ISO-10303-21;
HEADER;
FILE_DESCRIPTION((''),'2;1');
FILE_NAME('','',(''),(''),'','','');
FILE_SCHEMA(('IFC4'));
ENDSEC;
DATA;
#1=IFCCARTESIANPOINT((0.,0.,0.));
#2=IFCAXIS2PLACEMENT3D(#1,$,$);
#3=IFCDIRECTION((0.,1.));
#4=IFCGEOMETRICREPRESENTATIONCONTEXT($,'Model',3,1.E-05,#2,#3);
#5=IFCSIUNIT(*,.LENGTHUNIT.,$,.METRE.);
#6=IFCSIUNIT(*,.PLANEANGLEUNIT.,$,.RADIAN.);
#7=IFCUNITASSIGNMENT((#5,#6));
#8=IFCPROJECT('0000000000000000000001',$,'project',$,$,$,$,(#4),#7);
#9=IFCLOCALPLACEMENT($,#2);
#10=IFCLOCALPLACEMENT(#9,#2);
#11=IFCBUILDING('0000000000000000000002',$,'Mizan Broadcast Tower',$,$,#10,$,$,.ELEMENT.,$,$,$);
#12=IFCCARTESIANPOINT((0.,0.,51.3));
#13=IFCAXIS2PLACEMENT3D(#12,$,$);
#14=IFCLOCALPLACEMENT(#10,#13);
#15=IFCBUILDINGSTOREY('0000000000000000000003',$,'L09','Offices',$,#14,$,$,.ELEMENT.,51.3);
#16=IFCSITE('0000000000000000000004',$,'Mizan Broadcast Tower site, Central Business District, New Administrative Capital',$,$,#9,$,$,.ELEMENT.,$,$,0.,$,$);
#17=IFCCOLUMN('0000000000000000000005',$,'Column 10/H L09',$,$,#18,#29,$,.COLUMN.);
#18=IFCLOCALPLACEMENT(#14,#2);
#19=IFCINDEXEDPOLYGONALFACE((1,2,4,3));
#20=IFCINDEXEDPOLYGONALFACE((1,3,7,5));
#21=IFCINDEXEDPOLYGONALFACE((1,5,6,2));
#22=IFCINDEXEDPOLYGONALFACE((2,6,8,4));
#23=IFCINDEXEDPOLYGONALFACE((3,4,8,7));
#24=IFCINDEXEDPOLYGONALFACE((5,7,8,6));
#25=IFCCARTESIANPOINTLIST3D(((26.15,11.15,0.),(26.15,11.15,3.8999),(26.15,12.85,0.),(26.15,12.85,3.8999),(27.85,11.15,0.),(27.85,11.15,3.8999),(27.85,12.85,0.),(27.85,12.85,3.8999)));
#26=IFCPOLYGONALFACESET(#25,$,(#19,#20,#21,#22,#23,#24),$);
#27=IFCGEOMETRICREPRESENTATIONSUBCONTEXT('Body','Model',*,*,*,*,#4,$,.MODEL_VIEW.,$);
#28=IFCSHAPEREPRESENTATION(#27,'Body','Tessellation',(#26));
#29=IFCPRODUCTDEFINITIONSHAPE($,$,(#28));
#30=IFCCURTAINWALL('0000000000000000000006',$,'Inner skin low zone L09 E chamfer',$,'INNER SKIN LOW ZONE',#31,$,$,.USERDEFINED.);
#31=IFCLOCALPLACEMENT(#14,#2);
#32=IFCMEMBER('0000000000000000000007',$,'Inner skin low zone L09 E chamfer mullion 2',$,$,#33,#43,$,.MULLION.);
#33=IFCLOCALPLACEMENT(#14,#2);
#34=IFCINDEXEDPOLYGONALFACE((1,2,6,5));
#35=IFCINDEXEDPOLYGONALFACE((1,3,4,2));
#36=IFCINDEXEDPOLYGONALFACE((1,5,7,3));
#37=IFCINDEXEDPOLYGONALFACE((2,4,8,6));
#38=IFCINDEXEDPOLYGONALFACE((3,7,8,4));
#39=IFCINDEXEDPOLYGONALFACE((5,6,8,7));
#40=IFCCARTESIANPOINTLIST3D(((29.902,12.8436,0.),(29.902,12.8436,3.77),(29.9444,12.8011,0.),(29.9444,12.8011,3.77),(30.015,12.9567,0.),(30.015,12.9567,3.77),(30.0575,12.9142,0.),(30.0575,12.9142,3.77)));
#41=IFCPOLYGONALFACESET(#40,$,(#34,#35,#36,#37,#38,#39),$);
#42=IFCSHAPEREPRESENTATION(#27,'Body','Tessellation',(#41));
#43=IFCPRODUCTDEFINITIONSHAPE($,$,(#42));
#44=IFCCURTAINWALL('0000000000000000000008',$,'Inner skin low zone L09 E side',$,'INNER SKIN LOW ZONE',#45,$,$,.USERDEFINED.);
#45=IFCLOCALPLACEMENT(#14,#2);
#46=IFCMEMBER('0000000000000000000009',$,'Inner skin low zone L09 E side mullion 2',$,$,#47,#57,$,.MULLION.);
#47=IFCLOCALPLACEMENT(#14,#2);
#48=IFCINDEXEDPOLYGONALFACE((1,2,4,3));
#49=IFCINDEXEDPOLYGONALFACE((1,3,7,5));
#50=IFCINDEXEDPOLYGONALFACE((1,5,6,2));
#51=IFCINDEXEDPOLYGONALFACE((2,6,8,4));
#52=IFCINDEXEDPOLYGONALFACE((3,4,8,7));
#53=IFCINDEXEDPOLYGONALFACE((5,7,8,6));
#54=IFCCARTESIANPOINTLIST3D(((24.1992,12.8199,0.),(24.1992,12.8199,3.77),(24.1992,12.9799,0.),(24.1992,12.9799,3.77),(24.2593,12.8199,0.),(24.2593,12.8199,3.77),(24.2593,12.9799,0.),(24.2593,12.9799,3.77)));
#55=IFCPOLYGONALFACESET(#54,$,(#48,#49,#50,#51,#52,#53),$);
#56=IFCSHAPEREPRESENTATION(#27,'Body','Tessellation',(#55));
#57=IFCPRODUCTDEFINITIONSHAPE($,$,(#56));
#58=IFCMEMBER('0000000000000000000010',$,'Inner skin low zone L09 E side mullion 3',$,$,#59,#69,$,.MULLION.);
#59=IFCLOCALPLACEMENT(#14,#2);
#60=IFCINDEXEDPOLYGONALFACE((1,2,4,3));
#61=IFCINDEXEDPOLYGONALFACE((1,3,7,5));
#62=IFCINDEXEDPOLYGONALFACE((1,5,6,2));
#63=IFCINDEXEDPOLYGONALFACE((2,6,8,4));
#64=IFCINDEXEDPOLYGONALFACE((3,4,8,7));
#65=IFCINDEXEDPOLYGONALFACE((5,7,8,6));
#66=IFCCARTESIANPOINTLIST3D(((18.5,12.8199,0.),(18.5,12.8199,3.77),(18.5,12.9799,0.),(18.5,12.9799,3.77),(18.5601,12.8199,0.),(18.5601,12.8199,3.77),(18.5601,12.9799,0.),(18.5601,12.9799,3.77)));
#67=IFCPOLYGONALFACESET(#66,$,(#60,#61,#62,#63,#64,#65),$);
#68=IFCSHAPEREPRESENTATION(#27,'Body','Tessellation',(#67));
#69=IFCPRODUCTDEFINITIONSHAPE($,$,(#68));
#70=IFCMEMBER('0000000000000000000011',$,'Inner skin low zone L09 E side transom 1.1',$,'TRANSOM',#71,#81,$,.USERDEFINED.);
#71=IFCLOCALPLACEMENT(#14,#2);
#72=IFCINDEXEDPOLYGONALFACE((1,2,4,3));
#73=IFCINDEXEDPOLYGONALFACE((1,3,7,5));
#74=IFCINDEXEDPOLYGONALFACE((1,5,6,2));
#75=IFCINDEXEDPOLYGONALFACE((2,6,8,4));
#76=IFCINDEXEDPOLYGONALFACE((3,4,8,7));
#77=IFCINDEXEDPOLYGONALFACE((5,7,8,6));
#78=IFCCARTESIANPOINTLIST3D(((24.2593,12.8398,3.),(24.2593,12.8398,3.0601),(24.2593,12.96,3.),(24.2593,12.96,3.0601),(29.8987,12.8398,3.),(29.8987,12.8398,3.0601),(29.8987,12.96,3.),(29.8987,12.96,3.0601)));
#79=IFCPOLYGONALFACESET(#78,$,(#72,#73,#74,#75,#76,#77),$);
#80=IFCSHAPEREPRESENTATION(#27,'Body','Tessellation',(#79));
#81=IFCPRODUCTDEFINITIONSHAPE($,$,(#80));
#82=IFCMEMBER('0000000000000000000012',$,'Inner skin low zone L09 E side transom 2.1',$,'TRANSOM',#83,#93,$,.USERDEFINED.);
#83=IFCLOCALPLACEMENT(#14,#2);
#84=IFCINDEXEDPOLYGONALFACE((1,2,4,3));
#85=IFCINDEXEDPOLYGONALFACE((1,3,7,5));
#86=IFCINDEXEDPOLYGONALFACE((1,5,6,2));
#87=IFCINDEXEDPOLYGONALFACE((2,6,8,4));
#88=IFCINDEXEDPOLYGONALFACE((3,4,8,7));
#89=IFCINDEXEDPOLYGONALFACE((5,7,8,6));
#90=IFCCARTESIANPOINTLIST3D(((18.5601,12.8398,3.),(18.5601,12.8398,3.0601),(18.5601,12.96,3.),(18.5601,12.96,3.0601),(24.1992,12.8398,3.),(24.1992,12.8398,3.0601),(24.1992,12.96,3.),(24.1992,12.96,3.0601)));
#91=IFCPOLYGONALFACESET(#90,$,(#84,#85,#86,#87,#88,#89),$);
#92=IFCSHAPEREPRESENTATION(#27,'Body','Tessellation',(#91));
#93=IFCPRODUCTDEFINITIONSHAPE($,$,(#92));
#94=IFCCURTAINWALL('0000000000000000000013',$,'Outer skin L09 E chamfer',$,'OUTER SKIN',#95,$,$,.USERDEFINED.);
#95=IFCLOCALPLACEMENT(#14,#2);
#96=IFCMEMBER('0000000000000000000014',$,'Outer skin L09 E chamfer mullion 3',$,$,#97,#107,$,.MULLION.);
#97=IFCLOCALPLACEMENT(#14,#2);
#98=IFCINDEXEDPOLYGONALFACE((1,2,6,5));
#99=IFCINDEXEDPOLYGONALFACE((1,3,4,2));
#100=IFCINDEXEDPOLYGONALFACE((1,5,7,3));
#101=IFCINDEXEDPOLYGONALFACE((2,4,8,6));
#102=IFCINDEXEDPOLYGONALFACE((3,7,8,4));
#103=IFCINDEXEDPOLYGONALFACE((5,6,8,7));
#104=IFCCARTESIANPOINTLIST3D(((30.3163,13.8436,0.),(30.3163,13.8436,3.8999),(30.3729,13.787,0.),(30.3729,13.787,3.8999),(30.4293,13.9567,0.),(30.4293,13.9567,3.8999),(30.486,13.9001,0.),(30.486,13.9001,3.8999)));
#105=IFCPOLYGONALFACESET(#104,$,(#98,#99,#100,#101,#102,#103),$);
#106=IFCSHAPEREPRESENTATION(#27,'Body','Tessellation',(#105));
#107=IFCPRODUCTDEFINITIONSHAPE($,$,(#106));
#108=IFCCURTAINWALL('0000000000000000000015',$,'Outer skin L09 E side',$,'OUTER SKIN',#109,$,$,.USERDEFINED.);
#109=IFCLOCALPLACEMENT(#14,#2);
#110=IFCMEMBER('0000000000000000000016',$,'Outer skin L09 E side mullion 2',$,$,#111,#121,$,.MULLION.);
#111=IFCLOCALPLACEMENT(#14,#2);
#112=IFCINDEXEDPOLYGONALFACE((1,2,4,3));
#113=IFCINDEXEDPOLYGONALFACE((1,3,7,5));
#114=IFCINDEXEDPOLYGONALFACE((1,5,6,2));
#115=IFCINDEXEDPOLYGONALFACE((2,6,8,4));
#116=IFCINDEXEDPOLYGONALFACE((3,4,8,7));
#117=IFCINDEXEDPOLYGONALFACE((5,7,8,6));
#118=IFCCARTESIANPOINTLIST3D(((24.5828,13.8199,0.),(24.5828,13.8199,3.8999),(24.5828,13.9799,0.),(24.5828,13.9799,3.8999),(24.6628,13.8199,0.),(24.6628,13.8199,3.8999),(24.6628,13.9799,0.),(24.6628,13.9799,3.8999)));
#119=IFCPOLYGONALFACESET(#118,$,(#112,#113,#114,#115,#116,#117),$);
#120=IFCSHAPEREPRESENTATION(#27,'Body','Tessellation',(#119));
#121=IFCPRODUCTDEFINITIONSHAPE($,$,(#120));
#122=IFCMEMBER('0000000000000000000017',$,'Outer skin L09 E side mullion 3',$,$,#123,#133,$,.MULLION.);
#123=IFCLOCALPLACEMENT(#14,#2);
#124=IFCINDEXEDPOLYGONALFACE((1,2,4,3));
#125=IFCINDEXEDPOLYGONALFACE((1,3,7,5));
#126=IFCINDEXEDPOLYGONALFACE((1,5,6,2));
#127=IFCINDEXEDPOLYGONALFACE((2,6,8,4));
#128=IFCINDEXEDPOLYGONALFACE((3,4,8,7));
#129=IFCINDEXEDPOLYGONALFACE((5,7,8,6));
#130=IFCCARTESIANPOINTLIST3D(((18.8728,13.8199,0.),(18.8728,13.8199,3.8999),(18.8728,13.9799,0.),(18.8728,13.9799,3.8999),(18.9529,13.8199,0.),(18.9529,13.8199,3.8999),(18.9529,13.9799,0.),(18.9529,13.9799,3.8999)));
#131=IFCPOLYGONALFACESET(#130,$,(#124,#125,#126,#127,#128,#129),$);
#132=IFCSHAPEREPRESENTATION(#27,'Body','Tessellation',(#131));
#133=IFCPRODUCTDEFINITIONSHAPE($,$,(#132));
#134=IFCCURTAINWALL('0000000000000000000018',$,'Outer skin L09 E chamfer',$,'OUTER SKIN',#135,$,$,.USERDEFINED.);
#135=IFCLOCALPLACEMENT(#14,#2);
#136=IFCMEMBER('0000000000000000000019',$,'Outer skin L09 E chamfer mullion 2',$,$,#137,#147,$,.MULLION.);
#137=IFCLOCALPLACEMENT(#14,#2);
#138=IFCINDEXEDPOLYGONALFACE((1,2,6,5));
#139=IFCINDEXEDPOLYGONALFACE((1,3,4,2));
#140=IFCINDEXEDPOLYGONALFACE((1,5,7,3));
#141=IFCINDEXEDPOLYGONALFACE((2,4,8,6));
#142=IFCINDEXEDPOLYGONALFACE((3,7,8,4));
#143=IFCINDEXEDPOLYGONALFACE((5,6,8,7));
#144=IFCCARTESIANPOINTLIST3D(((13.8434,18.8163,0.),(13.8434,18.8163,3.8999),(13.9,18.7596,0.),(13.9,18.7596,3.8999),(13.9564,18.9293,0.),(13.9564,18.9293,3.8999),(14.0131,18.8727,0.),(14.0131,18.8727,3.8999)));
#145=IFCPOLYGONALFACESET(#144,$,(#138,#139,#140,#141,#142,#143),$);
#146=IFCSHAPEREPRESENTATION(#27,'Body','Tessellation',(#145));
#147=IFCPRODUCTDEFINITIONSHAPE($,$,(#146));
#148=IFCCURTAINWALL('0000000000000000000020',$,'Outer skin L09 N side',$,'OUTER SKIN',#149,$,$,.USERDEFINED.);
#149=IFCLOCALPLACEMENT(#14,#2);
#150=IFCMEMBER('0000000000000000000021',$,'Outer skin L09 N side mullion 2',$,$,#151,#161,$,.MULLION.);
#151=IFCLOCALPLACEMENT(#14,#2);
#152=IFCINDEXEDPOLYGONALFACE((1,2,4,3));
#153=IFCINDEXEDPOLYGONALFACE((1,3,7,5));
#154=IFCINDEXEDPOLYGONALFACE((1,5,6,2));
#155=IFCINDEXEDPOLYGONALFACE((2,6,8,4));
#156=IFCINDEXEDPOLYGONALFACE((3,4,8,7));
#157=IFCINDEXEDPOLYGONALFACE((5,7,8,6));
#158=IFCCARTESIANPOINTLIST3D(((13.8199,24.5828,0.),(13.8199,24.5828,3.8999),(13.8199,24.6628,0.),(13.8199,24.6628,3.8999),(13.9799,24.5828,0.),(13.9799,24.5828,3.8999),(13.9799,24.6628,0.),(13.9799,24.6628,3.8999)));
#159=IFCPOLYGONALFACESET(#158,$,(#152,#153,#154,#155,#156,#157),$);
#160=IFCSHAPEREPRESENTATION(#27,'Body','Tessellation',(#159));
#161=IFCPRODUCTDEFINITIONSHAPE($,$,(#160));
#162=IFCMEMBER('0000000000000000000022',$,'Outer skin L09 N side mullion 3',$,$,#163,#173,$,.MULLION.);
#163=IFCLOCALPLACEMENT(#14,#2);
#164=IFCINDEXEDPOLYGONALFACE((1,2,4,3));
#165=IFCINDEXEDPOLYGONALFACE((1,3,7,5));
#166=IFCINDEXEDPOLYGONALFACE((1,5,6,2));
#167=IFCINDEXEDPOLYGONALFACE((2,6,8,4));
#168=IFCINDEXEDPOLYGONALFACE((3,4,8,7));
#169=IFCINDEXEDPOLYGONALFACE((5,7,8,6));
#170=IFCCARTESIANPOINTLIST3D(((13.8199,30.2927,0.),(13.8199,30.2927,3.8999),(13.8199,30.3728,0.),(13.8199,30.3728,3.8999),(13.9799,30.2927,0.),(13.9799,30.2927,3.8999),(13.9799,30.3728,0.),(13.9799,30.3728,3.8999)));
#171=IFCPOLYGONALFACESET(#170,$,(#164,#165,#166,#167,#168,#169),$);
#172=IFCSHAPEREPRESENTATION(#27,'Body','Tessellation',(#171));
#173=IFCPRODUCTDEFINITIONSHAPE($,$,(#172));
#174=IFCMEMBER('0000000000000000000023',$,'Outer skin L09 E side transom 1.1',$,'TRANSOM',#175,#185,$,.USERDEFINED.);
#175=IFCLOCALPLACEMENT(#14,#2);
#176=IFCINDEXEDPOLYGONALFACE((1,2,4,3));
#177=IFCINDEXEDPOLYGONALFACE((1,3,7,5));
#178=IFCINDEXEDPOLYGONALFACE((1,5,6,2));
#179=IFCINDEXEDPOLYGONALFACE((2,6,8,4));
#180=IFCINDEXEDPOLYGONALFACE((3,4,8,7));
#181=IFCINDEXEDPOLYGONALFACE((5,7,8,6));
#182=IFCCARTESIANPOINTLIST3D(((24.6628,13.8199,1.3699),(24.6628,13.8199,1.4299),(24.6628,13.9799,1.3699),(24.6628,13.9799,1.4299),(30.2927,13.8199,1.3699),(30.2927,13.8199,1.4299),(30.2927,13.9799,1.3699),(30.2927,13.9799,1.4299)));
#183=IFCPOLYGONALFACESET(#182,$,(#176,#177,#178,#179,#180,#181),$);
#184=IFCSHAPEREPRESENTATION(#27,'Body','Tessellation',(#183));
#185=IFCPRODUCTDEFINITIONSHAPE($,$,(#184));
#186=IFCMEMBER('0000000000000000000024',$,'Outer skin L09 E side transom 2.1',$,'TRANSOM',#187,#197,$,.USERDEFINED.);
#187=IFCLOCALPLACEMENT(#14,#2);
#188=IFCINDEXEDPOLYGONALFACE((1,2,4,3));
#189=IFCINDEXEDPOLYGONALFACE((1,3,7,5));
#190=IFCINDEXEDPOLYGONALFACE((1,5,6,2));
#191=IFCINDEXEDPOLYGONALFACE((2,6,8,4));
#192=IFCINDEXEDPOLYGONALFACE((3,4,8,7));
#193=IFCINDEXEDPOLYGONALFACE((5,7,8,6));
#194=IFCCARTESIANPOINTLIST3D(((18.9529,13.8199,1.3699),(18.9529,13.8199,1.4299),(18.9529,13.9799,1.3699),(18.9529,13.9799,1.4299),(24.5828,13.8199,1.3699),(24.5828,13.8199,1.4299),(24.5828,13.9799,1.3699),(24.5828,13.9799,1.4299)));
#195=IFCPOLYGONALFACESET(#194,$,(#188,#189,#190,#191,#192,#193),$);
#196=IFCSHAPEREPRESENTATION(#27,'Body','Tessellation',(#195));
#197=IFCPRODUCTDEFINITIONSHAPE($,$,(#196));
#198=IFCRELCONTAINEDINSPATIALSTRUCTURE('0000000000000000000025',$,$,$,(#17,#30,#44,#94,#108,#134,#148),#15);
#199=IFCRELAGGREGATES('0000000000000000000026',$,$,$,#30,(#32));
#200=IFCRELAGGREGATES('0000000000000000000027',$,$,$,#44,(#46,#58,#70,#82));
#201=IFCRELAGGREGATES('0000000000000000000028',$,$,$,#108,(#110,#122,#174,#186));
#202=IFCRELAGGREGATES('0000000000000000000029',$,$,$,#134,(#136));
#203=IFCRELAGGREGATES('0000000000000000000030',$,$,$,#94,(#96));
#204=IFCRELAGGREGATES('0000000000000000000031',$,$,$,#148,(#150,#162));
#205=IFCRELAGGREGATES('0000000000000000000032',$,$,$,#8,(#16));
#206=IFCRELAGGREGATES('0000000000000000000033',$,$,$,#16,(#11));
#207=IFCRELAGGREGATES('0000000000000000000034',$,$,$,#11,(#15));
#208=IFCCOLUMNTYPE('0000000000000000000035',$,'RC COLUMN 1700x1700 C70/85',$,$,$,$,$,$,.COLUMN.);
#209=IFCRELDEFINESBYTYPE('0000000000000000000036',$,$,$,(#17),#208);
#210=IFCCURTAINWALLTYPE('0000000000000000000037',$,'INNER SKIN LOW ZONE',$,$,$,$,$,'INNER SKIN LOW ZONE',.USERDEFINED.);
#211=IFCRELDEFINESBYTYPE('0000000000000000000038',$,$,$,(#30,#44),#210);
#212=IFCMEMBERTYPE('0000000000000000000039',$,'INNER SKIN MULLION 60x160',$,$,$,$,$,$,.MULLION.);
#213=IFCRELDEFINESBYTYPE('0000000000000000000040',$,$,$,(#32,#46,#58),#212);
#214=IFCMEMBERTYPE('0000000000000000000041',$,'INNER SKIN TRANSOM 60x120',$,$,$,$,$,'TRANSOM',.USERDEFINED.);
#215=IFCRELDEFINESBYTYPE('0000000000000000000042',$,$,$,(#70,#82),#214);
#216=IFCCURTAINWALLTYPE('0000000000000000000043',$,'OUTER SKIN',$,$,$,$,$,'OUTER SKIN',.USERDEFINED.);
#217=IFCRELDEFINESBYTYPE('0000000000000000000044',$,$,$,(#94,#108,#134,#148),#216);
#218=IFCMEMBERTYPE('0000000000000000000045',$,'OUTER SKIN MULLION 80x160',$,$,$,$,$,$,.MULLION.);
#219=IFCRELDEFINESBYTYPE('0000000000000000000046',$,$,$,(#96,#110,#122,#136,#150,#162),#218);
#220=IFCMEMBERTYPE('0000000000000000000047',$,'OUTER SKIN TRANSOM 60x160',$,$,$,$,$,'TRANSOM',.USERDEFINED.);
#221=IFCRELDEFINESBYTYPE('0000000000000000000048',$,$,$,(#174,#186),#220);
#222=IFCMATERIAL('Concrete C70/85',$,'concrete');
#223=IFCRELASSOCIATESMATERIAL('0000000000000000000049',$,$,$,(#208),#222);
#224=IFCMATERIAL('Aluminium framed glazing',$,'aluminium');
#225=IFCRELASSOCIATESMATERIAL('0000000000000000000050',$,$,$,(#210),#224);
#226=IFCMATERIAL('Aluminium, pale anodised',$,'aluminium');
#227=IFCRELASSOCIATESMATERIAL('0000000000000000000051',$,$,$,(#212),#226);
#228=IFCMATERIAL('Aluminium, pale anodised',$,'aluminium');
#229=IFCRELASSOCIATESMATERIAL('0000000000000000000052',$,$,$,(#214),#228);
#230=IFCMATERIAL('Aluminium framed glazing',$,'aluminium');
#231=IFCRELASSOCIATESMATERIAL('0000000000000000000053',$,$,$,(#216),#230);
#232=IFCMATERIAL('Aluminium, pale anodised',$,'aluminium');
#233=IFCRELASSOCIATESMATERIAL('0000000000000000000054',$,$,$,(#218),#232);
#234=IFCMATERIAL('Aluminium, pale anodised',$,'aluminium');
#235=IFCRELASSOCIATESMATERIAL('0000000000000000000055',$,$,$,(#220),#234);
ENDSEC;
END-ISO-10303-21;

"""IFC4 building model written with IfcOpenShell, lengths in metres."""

from ifc_helpers import new_model, si_unit, direction, frame, origin, origin_2d, place, context, subcontext, project, spatial, rectangle, extrude, material, material_profile, profile_set, type_object, element, aggregate, save


model = new_model("IFC4")

# Units and contexts
model_context = context("Model", 3, precision=1e-05, world=origin(), true_north=direction((0.0, 1.0)))
body_context = subcontext(model_context, "Body", "Model", "MODEL_VIEW")
ifc_project = project(units=[si_unit("LENGTHUNIT", "METRE"), si_unit("PLANEANGLEUNIT", "RADIAN")], contexts=[model_context])

# Site, building, storey
site_placement = place(None, origin())
site = spatial("IfcSite", under=ifc_project, at=site_placement, Name="Mizan Broadcast Tower site, Central Business District, New Administrative Capital", CompositionType="ELEMENT", RefElevation=0.0)
building_placement = place(site_placement, origin())
building = spatial("IfcBuilding", under=site, at=building_placement, Name="Mizan Broadcast Tower", CompositionType="ELEMENT")
storey_placement = place(building_placement, frame((0.0, 0.0, 51.3)))
storey = spatial("IfcBuildingStorey", under=building, at=storey_placement, Name="L09", Description="Offices", CompositionType="ELEMENT", Elevation=51.3)

# Column
ifc_material_1 = material(Name="Concrete C70/85", Category="concrete")
ifc_material_profile_1 = material_profile(ifc_material_1, rectangle(XDim=1.7, YDim=1.7, at=origin_2d()), Name="RC 1700x1700")
ifc_profile_set_1 = profile_set([ifc_material_profile_1], Name="Concrete C70/85")
column_type = type_object("IfcColumnType", Name="RC COLUMN 1700x1700 C70/85", PredefinedType="COLUMN", material=ifc_profile_set_1)
column_placement = place(storey_placement, frame((27.0, 12.0, 0.0), z_axis=(0.0, 0.0, 1.0), x_axis=(1.0, 0.0, 0.0)))
element("IfcColumn", 1, at=column_placement, inside=storey, type_object=column_type, Name="Column 10/H L09", PredefinedType="COLUMN", context=body_context, shape_type="SweptSolid", body=[
    extrude(rectangle(XDim=1.7, YDim=1.7, at=origin_2d()), origin(), (0.0, 0.0, 1.0), 3.8999),
])

# Curtain wall, member
ifc_material_2 = material(Name="Aluminium framed glazing", Category="aluminium")
curtain_wall_type_1 = type_object("IfcCurtainWallType", Name="INNER SKIN LOW ZONE", ElementType="INNER SKIN LOW ZONE", PredefinedType="USERDEFINED", material=ifc_material_2)
curtain_wall_1_placement = place(storey_placement, origin())
curtain_wall_1 = element("IfcCurtainWall", 2, at=curtain_wall_1_placement, inside=storey, type_object=curtain_wall_type_1, Name="Inner skin low zone L09 E chamfer", ObjectType="INNER SKIN LOW ZONE", PredefinedType="USERDEFINED")
ifc_material_3 = material(Name="Aluminium, pale anodised", Category="aluminium")
ifc_material_profile_2 = material_profile(ifc_material_3, rectangle(XDim=0.1599, YDim=0.0601, at=origin_2d()), Name="MULLION 160x60")
ifc_profile_set_2 = profile_set([ifc_material_profile_2], Name="Aluminium, pale anodised")
member_type_1 = type_object("IfcMemberType", Name="INNER SKIN MULLION 60x160", PredefinedType="MULLION", material=ifc_profile_set_2)
member_1_placement = place(storey_placement, frame((29.9797, 12.8789, 0.0), z_axis=(0.0, 0.0, 1.0), x_axis=(-0.707107, -0.707107, 0.0)))
member_1 = element("IfcMember", 3, at=member_1_placement, type_object=member_type_1, Name="Inner skin low zone L09 E chamfer mullion 2", PredefinedType="MULLION", context=body_context, shape_type="SweptSolid", body=[
    extrude(rectangle(XDim=0.1599, YDim=0.0601, at=origin_2d()), origin(), (0.0, 0.0, 1.0), 3.77),
])
aggregate(curtain_wall_1, [member_1])

# Curtain wall, members
curtain_wall_2_placement = place(storey_placement, origin())
curtain_wall_2 = element("IfcCurtainWall", 4, at=curtain_wall_2_placement, inside=storey, type_object=curtain_wall_type_1, Name="Inner skin low zone L09 E side", ObjectType="INNER SKIN LOW ZONE", PredefinedType="USERDEFINED")
member_2_placement = place(storey_placement, frame((24.2292, 12.8999, 0.0), z_axis=(0.0, 0.0, 1.0), x_axis=(0.0, -1.0, 0.0)))
member_2 = element("IfcMember", 5, at=member_2_placement, type_object=member_type_1, Name="Inner skin low zone L09 E side mullion 2", PredefinedType="MULLION", context=body_context, shape_type="SweptSolid", body=[
    extrude(rectangle(XDim=0.1599, YDim=0.0601, at=origin_2d()), origin(), (0.0, 0.0, 1.0), 3.77),
])
member_3_placement = place(storey_placement, frame((18.53, 12.8999, 0.0), z_axis=(0.0, 0.0, 1.0), x_axis=(0.0, -1.0, 0.0)))
member_3 = element("IfcMember", 6, at=member_3_placement, type_object=member_type_1, Name="Inner skin low zone L09 E side mullion 3", PredefinedType="MULLION", context=body_context, shape_type="SweptSolid", body=[
    extrude(rectangle(XDim=0.1599, YDim=0.0601, at=origin_2d()), origin(), (0.0, 0.0, 1.0), 3.77),
])
ifc_material_4 = material(Name="Aluminium, pale anodised", Category="aluminium")
ifc_material_profile_3 = material_profile(ifc_material_4, rectangle(XDim=0.1201, YDim=0.0601, at=origin_2d()), Name="TRANSOM 120x60")
ifc_profile_set_3 = profile_set([ifc_material_profile_3], Name="Aluminium, pale anodised")
member_type_2 = type_object("IfcMemberType", Name="INNER SKIN TRANSOM 60x120", ElementType="TRANSOM", PredefinedType="USERDEFINED", material=ifc_profile_set_3)
member_4_placement = place(storey_placement, frame((29.8987, 12.8999, 3.03), z_axis=(-1.0, 0.0, 0.0), x_axis=(0.0, -1.0, 0.0)))
member_4 = element("IfcMember", 7, at=member_4_placement, type_object=member_type_2, Name="Inner skin low zone L09 E side transom 1.1", ObjectType="TRANSOM", PredefinedType="USERDEFINED", context=body_context, shape_type="SweptSolid", body=[
    extrude(rectangle(XDim=0.1201, YDim=0.0601, at=origin_2d()), origin(), (0.0, 0.0, 1.0), 5.6394),
])
member_5_placement = place(storey_placement, frame((24.1992, 12.8999, 3.03), z_axis=(-1.0, 0.0, 0.0), x_axis=(0.0, -1.0, 0.0)))
member_5 = element("IfcMember", 8, at=member_5_placement, type_object=member_type_2, Name="Inner skin low zone L09 E side transom 2.1", ObjectType="TRANSOM", PredefinedType="USERDEFINED", context=body_context, shape_type="SweptSolid", body=[
    extrude(rectangle(XDim=0.1201, YDim=0.0601, at=origin_2d()), origin(), (0.0, 0.0, 1.0), 5.6392),
])

# Curtain wall, member
ifc_material_5 = material(Name="Aluminium framed glazing", Category="aluminium")
curtain_wall_type_2 = type_object("IfcCurtainWallType", Name="OUTER SKIN", ElementType="OUTER SKIN", PredefinedType="USERDEFINED", material=ifc_material_5)
curtain_wall_3_placement = place(storey_placement, origin())
curtain_wall_3 = element("IfcCurtainWall", 9, at=curtain_wall_3_placement, inside=storey, type_object=curtain_wall_type_2, Name="Outer skin L09 E chamfer", ObjectType="OUTER SKIN", PredefinedType="USERDEFINED")
ifc_material_6 = material(Name="Aluminium, pale anodised", Category="aluminium")
ifc_material_profile_4 = material_profile(ifc_material_6, rectangle(XDim=0.1599, YDim=0.0801, at=origin_2d()), Name="MULLION 160x80")
ifc_profile_set_4 = profile_set([ifc_material_profile_4], Name="Aluminium, pale anodised")
member_type_3 = type_object("IfcMemberType", Name="OUTER SKIN MULLION 80x160", PredefinedType="MULLION", material=ifc_profile_set_4)
member_6_placement = place(storey_placement, frame((30.4011, 13.8718, 0.0), z_axis=(0.0, 0.0, 1.0), x_axis=(-0.707107, -0.707107, 0.0)))
member_6 = element("IfcMember", 10, at=member_6_placement, type_object=member_type_3, Name="Outer skin L09 E chamfer mullion 3", PredefinedType="MULLION", context=body_context, shape_type="SweptSolid", body=[
    extrude(rectangle(XDim=0.1599, YDim=0.0801, at=origin_2d()), origin(), (0.0, 0.0, 1.0), 3.8999),
])

# Curtain wall, members
curtain_wall_4_placement = place(storey_placement, origin())
curtain_wall_4 = element("IfcCurtainWall", 11, at=curtain_wall_4_placement, inside=storey, type_object=curtain_wall_type_2, Name="Outer skin L09 E side", ObjectType="OUTER SKIN", PredefinedType="USERDEFINED")
member_7_placement = place(storey_placement, frame((24.6228, 13.8999, 0.0), z_axis=(0.0, 0.0, 1.0), x_axis=(0.0, -1.0, 0.0)))
member_7 = element("IfcMember", 12, at=member_7_placement, type_object=member_type_3, Name="Outer skin L09 E side mullion 2", PredefinedType="MULLION", context=body_context, shape_type="SweptSolid", body=[
    extrude(rectangle(XDim=0.1599, YDim=0.0801, at=origin_2d()), origin(), (0.0, 0.0, 1.0), 3.8999),
])
member_8_placement = place(storey_placement, frame((18.9128, 13.8999, 0.0), z_axis=(0.0, 0.0, 1.0), x_axis=(0.0, -1.0, 0.0)))
member_8 = element("IfcMember", 13, at=member_8_placement, type_object=member_type_3, Name="Outer skin L09 E side mullion 3", PredefinedType="MULLION", context=body_context, shape_type="SweptSolid", body=[
    extrude(rectangle(XDim=0.1599, YDim=0.0801, at=origin_2d()), origin(), (0.0, 0.0, 1.0), 3.8999),
])

# Curtain wall, member
curtain_wall_5_placement = place(storey_placement, origin())
curtain_wall_5 = element("IfcCurtainWall", 14, at=curtain_wall_5_placement, inside=storey, type_object=curtain_wall_type_2, Name="Outer skin L09 E chamfer", ObjectType="OUTER SKIN", PredefinedType="USERDEFINED")
member_9_placement = place(storey_placement, frame((13.9282, 18.8445, 0.0), z_axis=(0.0, 0.0, 1.0), x_axis=(-0.707107, -0.707107, 0.0)))
member_9 = element("IfcMember", 15, at=member_9_placement, type_object=member_type_3, Name="Outer skin L09 E chamfer mullion 2", PredefinedType="MULLION", context=body_context, shape_type="SweptSolid", body=[
    extrude(rectangle(XDim=0.1599, YDim=0.0801, at=origin_2d()), origin(), (0.0, 0.0, 1.0), 3.8999),
])

# Curtain wall, members
curtain_wall_6_placement = place(storey_placement, origin())
curtain_wall_6 = element("IfcCurtainWall", 16, at=curtain_wall_6_placement, inside=storey, type_object=curtain_wall_type_2, Name="Outer skin L09 N side", ObjectType="OUTER SKIN", PredefinedType="USERDEFINED")
member_10_placement = place(storey_placement, frame((13.8999, 24.6228, 0.0), z_axis=(0.0, 0.0, 1.0), x_axis=(-1.0, 0.0, 0.0)))
member_10 = element("IfcMember", 17, at=member_10_placement, type_object=member_type_3, Name="Outer skin L09 N side mullion 2", PredefinedType="MULLION", context=body_context, shape_type="SweptSolid", body=[
    extrude(rectangle(XDim=0.1599, YDim=0.0801, at=origin_2d()), origin(), (0.0, 0.0, 1.0), 3.8999),
])
member_11_placement = place(storey_placement, frame((13.8999, 30.3328, 0.0), z_axis=(0.0, 0.0, 1.0), x_axis=(-1.0, 0.0, 0.0)))
member_11 = element("IfcMember", 18, at=member_11_placement, type_object=member_type_3, Name="Outer skin L09 N side mullion 3", PredefinedType="MULLION", context=body_context, shape_type="SweptSolid", body=[
    extrude(rectangle(XDim=0.1599, YDim=0.0801, at=origin_2d()), origin(), (0.0, 0.0, 1.0), 3.8999),
])

# Members
ifc_material_7 = material(Name="Aluminium, pale anodised", Category="aluminium")
ifc_material_profile_5 = material_profile(ifc_material_7, rectangle(XDim=0.1599, YDim=0.0601, at=origin_2d()), Name="TRANSOM 160x60")
ifc_profile_set_5 = profile_set([ifc_material_profile_5], Name="Aluminium, pale anodised")
member_type_4 = type_object("IfcMemberType", Name="OUTER SKIN TRANSOM 60x160", ElementType="TRANSOM", PredefinedType="USERDEFINED", material=ifc_profile_set_5)
member_12_placement = place(storey_placement, frame((30.2927, 13.8999, 1.3999), z_axis=(-1.0, 0.0, 0.0), x_axis=(0.0, -1.0, 0.0)))
member_12 = element("IfcMember", 19, at=member_12_placement, type_object=member_type_4, Name="Outer skin L09 E side transom 1.1", ObjectType="TRANSOM", PredefinedType="USERDEFINED", context=body_context, shape_type="SweptSolid", body=[
    extrude(rectangle(XDim=0.1599, YDim=0.0601, at=origin_2d()), origin(), (0.0, 0.0, 1.0), 5.6299),
])
member_13_placement = place(storey_placement, frame((24.5828, 13.8999, 1.3999), z_axis=(-1.0, 0.0, 0.0), x_axis=(0.0, -1.0, 0.0)))
member_13 = element("IfcMember", 20, at=member_13_placement, type_object=member_type_4, Name="Outer skin L09 E side transom 2.1", ObjectType="TRANSOM", PredefinedType="USERDEFINED", context=body_context, shape_type="SweptSolid", body=[
    extrude(rectangle(XDim=0.1599, YDim=0.0601, at=origin_2d()), origin(), (0.0, 0.0, 1.0), 5.6299),
])

aggregate(curtain_wall_2, [member_2, member_3, member_4, member_5])
aggregate(curtain_wall_4, [member_7, member_8, member_12, member_13])
aggregate(curtain_wall_5, [member_9])
aggregate(curtain_wall_3, [member_6])
aggregate(curtain_wall_6, [member_10, member_11])

save(model, "model.ifc")
